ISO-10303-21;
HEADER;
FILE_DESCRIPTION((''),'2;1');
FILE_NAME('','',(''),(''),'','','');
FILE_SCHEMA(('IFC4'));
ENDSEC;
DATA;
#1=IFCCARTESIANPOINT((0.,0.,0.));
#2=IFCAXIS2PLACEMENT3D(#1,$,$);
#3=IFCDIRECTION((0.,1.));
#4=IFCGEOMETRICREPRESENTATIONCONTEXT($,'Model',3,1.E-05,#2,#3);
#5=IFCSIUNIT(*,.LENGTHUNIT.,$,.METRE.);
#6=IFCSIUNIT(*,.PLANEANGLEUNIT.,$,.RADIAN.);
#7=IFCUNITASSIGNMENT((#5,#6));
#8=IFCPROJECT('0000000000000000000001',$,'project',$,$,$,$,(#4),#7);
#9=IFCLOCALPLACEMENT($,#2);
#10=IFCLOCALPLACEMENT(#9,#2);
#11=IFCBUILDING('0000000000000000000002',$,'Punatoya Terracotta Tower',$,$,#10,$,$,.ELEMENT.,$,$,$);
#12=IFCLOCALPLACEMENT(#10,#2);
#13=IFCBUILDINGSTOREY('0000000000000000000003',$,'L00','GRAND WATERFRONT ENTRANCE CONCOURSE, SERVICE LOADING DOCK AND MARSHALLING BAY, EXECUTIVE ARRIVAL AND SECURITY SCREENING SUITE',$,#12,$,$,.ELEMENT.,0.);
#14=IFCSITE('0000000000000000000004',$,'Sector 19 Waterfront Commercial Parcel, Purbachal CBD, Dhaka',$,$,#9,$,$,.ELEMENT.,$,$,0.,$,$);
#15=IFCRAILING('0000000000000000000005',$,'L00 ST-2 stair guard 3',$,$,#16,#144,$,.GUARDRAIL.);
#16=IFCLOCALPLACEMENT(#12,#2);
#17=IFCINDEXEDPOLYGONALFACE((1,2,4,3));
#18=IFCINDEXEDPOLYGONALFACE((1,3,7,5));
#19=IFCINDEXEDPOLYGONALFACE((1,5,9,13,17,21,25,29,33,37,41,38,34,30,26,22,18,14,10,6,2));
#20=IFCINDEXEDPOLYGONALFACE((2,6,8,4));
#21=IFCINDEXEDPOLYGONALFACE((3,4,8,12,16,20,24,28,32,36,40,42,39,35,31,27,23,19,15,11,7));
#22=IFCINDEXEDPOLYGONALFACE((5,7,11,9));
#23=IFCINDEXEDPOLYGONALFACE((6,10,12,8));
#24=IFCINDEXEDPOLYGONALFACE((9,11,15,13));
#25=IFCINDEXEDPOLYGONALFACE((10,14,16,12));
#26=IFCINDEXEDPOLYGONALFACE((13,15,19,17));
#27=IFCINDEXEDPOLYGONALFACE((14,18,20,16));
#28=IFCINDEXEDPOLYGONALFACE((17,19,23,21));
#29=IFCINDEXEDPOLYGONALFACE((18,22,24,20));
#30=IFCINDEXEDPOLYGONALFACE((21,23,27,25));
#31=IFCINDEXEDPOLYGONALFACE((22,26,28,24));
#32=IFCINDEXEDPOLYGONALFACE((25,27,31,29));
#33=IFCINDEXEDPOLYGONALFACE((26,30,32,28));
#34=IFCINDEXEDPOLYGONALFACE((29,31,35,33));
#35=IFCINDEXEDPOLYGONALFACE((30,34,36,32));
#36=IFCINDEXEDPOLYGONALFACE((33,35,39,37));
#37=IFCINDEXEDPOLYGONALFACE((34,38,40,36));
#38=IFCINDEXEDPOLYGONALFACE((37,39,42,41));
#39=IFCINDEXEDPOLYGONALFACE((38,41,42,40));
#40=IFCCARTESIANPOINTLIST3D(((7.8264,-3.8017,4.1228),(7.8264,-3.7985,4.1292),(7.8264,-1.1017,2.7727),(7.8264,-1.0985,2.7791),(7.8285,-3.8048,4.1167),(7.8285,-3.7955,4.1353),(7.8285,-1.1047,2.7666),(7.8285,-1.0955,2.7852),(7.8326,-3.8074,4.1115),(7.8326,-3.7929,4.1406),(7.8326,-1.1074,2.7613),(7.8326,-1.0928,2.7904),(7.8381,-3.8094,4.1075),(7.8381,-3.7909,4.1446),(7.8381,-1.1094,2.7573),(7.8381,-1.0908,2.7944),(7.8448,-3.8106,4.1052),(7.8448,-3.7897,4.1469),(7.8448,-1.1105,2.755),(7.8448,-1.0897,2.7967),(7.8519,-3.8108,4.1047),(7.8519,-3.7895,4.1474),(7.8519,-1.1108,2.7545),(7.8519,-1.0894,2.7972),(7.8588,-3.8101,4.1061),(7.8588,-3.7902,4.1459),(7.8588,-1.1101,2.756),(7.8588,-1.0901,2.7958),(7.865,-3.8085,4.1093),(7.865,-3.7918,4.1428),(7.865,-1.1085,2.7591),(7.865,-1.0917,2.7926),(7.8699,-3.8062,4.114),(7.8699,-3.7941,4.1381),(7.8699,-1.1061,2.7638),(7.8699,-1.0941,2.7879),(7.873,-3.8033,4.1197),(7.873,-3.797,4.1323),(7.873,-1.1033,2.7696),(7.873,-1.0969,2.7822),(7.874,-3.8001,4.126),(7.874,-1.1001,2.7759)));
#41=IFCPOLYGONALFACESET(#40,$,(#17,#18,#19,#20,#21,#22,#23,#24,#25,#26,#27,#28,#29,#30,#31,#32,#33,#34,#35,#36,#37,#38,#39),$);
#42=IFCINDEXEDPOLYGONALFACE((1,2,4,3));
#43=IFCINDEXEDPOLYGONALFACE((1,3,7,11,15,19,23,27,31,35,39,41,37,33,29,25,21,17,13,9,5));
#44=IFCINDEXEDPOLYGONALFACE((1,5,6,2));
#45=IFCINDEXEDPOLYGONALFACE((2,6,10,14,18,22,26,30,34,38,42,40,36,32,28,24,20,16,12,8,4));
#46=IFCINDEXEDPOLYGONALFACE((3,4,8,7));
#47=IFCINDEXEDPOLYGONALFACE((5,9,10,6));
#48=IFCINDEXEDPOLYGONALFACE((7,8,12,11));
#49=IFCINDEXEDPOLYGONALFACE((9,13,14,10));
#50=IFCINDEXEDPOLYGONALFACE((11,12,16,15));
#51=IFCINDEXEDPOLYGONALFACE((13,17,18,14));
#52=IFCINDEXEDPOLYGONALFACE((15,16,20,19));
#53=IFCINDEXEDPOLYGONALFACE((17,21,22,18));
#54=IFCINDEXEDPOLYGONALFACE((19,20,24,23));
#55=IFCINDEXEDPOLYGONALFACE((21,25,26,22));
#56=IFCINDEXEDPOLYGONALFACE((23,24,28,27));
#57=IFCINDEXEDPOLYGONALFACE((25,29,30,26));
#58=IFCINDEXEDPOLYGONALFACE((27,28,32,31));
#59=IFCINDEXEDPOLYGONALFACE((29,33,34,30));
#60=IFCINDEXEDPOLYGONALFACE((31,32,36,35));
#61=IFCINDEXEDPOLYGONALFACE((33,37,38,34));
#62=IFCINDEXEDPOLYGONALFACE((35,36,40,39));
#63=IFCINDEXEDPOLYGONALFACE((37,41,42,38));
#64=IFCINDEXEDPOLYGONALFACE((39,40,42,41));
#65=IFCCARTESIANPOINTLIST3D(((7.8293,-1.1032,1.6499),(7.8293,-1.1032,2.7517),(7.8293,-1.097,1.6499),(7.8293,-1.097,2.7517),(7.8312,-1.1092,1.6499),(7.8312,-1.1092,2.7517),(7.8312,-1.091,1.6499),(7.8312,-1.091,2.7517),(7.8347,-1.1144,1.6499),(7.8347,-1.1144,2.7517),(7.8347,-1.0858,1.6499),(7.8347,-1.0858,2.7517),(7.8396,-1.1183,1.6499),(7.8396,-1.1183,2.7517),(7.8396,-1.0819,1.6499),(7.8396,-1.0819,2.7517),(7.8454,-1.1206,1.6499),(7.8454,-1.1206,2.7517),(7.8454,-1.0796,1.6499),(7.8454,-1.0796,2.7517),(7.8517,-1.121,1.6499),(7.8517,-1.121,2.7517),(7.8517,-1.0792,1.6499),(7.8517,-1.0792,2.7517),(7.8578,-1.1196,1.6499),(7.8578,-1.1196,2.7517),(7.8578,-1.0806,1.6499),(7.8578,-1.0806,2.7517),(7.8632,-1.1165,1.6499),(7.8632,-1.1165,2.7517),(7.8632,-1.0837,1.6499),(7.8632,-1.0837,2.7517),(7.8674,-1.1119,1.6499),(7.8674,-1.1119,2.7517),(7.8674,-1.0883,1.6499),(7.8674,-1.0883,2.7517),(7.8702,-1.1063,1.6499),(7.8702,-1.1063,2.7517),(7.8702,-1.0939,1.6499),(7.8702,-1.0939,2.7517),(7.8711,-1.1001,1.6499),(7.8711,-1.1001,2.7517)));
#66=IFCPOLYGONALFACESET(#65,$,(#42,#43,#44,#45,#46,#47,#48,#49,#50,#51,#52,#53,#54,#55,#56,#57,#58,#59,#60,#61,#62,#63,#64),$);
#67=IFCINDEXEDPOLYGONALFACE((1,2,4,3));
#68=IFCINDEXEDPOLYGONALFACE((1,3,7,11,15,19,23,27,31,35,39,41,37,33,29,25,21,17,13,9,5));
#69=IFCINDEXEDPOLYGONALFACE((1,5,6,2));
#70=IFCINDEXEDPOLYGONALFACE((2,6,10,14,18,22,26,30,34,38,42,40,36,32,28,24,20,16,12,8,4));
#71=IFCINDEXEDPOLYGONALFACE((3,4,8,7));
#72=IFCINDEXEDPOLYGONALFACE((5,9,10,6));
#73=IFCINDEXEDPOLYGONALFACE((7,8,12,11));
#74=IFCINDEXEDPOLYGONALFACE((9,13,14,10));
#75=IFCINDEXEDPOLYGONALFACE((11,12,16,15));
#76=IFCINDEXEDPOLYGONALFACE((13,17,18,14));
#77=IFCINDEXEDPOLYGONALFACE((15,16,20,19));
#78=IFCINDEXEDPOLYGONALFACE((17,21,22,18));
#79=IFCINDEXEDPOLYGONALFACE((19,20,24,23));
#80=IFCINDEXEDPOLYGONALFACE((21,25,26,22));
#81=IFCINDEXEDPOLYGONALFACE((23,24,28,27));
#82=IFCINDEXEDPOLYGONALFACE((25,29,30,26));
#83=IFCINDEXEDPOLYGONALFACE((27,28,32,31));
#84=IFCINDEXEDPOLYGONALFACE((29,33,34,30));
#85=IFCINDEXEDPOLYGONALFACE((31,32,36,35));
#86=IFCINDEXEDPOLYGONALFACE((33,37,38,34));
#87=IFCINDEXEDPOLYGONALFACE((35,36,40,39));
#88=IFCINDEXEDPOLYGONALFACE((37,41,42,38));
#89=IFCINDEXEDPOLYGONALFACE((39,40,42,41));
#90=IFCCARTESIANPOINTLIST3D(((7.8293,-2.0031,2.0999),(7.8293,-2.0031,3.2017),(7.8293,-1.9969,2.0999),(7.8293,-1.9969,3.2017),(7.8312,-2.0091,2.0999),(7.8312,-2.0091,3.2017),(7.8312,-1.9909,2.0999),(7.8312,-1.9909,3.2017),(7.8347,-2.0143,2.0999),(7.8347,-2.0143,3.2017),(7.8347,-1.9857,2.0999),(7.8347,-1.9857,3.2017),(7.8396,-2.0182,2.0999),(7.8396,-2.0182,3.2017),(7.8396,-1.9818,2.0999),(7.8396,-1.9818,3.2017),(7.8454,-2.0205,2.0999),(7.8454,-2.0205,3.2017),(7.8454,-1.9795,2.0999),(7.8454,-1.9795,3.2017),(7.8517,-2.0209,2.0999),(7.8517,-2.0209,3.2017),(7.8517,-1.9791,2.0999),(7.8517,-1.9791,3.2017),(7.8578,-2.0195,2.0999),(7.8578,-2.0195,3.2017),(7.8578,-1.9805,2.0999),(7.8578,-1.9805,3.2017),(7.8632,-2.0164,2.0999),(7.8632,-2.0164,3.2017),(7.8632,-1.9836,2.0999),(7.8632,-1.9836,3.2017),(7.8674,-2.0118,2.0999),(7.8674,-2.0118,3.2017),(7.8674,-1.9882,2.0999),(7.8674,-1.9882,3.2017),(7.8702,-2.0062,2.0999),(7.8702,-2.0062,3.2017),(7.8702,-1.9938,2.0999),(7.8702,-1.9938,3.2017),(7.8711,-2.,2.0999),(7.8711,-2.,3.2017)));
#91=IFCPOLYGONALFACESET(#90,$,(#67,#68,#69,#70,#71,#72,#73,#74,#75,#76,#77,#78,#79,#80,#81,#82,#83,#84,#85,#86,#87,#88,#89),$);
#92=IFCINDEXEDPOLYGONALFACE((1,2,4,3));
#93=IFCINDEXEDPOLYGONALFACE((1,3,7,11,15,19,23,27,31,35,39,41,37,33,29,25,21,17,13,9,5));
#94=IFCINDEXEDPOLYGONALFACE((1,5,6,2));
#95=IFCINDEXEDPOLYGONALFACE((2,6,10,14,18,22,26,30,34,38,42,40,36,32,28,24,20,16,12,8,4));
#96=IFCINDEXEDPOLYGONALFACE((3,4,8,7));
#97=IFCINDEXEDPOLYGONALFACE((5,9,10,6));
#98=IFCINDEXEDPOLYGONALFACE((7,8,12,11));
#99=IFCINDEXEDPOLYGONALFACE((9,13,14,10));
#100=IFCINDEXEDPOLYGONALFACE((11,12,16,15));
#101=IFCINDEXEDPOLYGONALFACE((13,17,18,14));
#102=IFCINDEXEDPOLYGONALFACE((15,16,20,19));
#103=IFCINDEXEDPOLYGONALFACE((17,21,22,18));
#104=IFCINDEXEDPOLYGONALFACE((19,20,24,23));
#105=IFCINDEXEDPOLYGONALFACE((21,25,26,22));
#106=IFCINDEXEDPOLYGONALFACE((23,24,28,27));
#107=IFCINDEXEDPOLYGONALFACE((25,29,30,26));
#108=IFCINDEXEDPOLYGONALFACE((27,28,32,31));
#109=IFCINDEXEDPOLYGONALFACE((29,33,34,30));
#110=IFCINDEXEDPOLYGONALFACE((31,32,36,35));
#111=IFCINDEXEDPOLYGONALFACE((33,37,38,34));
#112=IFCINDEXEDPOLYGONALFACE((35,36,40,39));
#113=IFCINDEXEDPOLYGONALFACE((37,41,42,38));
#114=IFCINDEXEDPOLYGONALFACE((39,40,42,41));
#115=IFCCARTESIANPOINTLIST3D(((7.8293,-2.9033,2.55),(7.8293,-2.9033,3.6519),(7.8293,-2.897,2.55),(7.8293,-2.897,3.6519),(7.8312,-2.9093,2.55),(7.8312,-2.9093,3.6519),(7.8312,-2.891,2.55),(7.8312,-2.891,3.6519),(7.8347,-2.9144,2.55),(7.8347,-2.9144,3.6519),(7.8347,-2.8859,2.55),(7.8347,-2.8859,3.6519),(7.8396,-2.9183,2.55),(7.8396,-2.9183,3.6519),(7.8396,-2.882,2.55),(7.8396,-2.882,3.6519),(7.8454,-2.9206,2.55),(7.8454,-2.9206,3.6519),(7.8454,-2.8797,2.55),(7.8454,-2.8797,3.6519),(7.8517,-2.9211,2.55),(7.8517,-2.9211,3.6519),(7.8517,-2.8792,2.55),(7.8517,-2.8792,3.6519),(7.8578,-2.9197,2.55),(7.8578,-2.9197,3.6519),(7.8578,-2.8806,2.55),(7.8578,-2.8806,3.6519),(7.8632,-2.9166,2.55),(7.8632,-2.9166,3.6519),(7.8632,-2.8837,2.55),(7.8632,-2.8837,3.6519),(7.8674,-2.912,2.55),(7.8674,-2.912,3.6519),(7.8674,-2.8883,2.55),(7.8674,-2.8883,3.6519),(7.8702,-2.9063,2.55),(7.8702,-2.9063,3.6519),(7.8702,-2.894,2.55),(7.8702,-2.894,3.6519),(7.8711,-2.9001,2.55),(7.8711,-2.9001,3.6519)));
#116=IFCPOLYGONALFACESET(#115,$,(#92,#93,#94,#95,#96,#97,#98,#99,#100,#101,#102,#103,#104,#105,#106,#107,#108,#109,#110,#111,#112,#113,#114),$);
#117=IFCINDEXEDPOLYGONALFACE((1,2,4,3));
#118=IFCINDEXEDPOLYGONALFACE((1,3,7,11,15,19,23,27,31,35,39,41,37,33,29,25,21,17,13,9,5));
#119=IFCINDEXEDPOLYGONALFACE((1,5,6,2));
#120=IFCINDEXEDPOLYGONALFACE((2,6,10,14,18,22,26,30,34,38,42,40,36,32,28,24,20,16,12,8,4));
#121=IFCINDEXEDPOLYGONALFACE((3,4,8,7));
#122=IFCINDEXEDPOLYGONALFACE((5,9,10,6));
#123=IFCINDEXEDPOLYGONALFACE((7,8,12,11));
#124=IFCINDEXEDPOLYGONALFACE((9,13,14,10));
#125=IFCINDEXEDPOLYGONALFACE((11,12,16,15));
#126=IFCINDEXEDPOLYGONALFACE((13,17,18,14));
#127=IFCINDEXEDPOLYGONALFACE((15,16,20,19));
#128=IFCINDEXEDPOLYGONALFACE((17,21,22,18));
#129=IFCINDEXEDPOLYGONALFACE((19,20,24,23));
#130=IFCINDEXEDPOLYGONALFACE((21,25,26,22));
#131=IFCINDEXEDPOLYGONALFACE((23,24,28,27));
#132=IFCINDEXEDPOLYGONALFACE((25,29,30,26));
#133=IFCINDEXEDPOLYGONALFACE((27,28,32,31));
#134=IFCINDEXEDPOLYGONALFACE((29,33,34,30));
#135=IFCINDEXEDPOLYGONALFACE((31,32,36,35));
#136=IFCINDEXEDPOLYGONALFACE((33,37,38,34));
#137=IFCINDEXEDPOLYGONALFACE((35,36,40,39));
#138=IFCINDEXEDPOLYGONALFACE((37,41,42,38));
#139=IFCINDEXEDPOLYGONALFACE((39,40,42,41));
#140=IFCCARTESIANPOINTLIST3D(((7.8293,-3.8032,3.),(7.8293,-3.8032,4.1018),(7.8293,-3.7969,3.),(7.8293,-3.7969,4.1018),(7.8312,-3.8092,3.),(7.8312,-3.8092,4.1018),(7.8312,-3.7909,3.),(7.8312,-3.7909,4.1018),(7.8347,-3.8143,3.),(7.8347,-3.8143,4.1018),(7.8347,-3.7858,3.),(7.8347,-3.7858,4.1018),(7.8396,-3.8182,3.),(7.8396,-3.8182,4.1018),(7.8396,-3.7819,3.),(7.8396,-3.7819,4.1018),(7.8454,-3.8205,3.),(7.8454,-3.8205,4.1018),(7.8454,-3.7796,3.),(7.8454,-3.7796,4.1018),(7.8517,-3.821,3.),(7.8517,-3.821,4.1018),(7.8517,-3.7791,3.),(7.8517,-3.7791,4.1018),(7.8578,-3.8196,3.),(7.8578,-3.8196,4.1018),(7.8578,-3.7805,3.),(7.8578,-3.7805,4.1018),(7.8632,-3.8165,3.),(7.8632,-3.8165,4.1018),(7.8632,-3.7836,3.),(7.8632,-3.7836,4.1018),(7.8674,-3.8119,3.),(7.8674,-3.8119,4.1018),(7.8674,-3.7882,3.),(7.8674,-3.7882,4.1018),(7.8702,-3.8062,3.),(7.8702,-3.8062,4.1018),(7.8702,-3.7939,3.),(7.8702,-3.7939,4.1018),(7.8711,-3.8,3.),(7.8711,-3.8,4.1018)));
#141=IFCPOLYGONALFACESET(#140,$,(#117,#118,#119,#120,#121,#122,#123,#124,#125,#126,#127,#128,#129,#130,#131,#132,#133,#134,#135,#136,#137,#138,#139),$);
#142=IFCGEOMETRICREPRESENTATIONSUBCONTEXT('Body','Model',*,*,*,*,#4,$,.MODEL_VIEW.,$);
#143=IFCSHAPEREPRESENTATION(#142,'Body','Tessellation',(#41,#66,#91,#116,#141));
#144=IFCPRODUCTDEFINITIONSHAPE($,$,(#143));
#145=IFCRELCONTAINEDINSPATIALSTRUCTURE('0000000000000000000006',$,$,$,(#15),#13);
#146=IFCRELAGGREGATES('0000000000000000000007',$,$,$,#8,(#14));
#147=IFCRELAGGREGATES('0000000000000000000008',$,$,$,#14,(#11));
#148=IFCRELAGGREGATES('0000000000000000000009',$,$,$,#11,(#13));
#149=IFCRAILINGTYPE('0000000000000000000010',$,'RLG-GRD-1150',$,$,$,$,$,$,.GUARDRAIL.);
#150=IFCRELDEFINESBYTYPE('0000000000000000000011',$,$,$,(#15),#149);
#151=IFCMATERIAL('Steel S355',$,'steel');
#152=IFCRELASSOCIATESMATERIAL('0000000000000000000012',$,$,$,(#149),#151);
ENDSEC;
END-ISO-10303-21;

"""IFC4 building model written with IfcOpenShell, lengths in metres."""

from ifc_helpers import new_model, si_unit, direction, frame, origin, origin_2d, place, context, subcontext, project, spatial, circle, extrude, material, type_object, element, save


model = new_model("IFC4")

# Units and contexts
model_context = context("Model", 3, precision=1e-05, world=origin(), true_north=direction((0.0, 1.0)))
body_context = subcontext(model_context, "Body", "Model", "MODEL_VIEW")
ifc_project = project(units=[si_unit("LENGTHUNIT", "METRE"), si_unit("PLANEANGLEUNIT", "RADIAN")], contexts=[model_context])

# Site, building, storey
site_placement = place(None, origin())
site = spatial("IfcSite", under=ifc_project, at=site_placement, Name="Sector 19 Waterfront Commercial Parcel, Purbachal CBD, Dhaka", CompositionType="ELEMENT", RefElevation=0.0)
building_placement = place(site_placement, origin())
building = spatial("IfcBuilding", under=site, at=building_placement, Name="Punatoya Terracotta Tower", CompositionType="ELEMENT")
storey_placement = place(building_placement, origin())
storey = spatial("IfcBuildingStorey", under=building, at=storey_placement, Name="L00", Description="GRAND WATERFRONT ENTRANCE CONCOURSE, SERVICE LOADING DOCK AND MARSHALLING BAY, EXECUTIVE ARRIVAL AND SECURITY SCREENING SUITE", CompositionType="ELEMENT", Elevation=0.0)

# Shared definitions
ifc_material_1 = material(Name="Steel S355", Category="steel")

# Railing
railing_type_1 = type_object("IfcRailingType", Name="RLG-GRD-1150", PredefinedType="GUARDRAIL", material=ifc_material_1)
railing_1_placement = place(storey_placement, frame((7.8501, -1.1001, 1.6499)))
element("IfcRailing", 1, at=railing_1_placement, inside=storey, type_object=railing_type_1, Name="L00 ST-2 stair guard 3", PredefinedType="GUARDRAIL", context=body_context, shape_type="SweptSolid", body=[
    extrude(circle(Radius=0.0239, at=origin_2d()), frame((0.0, 0.0, 1.126), z_axis=(0.0, -0.894411, 0.447246), x_axis=(1.0, 0.0, 0.0)), (0.0, 0.0, 1.0), 3.0188),
    extrude(circle(Radius=0.021, at=origin_2d()), origin(), (0.0, 0.0, 1.0), 1.1018),
    extrude(circle(Radius=0.021, at=origin_2d()), frame((0.0, -0.8999, 0.45)), (0.0, 0.0, 1.0), 1.1018),
    extrude(circle(Radius=0.021, at=origin_2d()), frame((0.0, -1.8, 0.9001)), (0.0, 0.0, 1.0), 1.1018),
    extrude(circle(Radius=0.021, at=origin_2d()), frame((0.0, -2.7, 1.3501)), (0.0, 0.0, 1.0), 1.1018),
])

save(model, "model.ifc")
